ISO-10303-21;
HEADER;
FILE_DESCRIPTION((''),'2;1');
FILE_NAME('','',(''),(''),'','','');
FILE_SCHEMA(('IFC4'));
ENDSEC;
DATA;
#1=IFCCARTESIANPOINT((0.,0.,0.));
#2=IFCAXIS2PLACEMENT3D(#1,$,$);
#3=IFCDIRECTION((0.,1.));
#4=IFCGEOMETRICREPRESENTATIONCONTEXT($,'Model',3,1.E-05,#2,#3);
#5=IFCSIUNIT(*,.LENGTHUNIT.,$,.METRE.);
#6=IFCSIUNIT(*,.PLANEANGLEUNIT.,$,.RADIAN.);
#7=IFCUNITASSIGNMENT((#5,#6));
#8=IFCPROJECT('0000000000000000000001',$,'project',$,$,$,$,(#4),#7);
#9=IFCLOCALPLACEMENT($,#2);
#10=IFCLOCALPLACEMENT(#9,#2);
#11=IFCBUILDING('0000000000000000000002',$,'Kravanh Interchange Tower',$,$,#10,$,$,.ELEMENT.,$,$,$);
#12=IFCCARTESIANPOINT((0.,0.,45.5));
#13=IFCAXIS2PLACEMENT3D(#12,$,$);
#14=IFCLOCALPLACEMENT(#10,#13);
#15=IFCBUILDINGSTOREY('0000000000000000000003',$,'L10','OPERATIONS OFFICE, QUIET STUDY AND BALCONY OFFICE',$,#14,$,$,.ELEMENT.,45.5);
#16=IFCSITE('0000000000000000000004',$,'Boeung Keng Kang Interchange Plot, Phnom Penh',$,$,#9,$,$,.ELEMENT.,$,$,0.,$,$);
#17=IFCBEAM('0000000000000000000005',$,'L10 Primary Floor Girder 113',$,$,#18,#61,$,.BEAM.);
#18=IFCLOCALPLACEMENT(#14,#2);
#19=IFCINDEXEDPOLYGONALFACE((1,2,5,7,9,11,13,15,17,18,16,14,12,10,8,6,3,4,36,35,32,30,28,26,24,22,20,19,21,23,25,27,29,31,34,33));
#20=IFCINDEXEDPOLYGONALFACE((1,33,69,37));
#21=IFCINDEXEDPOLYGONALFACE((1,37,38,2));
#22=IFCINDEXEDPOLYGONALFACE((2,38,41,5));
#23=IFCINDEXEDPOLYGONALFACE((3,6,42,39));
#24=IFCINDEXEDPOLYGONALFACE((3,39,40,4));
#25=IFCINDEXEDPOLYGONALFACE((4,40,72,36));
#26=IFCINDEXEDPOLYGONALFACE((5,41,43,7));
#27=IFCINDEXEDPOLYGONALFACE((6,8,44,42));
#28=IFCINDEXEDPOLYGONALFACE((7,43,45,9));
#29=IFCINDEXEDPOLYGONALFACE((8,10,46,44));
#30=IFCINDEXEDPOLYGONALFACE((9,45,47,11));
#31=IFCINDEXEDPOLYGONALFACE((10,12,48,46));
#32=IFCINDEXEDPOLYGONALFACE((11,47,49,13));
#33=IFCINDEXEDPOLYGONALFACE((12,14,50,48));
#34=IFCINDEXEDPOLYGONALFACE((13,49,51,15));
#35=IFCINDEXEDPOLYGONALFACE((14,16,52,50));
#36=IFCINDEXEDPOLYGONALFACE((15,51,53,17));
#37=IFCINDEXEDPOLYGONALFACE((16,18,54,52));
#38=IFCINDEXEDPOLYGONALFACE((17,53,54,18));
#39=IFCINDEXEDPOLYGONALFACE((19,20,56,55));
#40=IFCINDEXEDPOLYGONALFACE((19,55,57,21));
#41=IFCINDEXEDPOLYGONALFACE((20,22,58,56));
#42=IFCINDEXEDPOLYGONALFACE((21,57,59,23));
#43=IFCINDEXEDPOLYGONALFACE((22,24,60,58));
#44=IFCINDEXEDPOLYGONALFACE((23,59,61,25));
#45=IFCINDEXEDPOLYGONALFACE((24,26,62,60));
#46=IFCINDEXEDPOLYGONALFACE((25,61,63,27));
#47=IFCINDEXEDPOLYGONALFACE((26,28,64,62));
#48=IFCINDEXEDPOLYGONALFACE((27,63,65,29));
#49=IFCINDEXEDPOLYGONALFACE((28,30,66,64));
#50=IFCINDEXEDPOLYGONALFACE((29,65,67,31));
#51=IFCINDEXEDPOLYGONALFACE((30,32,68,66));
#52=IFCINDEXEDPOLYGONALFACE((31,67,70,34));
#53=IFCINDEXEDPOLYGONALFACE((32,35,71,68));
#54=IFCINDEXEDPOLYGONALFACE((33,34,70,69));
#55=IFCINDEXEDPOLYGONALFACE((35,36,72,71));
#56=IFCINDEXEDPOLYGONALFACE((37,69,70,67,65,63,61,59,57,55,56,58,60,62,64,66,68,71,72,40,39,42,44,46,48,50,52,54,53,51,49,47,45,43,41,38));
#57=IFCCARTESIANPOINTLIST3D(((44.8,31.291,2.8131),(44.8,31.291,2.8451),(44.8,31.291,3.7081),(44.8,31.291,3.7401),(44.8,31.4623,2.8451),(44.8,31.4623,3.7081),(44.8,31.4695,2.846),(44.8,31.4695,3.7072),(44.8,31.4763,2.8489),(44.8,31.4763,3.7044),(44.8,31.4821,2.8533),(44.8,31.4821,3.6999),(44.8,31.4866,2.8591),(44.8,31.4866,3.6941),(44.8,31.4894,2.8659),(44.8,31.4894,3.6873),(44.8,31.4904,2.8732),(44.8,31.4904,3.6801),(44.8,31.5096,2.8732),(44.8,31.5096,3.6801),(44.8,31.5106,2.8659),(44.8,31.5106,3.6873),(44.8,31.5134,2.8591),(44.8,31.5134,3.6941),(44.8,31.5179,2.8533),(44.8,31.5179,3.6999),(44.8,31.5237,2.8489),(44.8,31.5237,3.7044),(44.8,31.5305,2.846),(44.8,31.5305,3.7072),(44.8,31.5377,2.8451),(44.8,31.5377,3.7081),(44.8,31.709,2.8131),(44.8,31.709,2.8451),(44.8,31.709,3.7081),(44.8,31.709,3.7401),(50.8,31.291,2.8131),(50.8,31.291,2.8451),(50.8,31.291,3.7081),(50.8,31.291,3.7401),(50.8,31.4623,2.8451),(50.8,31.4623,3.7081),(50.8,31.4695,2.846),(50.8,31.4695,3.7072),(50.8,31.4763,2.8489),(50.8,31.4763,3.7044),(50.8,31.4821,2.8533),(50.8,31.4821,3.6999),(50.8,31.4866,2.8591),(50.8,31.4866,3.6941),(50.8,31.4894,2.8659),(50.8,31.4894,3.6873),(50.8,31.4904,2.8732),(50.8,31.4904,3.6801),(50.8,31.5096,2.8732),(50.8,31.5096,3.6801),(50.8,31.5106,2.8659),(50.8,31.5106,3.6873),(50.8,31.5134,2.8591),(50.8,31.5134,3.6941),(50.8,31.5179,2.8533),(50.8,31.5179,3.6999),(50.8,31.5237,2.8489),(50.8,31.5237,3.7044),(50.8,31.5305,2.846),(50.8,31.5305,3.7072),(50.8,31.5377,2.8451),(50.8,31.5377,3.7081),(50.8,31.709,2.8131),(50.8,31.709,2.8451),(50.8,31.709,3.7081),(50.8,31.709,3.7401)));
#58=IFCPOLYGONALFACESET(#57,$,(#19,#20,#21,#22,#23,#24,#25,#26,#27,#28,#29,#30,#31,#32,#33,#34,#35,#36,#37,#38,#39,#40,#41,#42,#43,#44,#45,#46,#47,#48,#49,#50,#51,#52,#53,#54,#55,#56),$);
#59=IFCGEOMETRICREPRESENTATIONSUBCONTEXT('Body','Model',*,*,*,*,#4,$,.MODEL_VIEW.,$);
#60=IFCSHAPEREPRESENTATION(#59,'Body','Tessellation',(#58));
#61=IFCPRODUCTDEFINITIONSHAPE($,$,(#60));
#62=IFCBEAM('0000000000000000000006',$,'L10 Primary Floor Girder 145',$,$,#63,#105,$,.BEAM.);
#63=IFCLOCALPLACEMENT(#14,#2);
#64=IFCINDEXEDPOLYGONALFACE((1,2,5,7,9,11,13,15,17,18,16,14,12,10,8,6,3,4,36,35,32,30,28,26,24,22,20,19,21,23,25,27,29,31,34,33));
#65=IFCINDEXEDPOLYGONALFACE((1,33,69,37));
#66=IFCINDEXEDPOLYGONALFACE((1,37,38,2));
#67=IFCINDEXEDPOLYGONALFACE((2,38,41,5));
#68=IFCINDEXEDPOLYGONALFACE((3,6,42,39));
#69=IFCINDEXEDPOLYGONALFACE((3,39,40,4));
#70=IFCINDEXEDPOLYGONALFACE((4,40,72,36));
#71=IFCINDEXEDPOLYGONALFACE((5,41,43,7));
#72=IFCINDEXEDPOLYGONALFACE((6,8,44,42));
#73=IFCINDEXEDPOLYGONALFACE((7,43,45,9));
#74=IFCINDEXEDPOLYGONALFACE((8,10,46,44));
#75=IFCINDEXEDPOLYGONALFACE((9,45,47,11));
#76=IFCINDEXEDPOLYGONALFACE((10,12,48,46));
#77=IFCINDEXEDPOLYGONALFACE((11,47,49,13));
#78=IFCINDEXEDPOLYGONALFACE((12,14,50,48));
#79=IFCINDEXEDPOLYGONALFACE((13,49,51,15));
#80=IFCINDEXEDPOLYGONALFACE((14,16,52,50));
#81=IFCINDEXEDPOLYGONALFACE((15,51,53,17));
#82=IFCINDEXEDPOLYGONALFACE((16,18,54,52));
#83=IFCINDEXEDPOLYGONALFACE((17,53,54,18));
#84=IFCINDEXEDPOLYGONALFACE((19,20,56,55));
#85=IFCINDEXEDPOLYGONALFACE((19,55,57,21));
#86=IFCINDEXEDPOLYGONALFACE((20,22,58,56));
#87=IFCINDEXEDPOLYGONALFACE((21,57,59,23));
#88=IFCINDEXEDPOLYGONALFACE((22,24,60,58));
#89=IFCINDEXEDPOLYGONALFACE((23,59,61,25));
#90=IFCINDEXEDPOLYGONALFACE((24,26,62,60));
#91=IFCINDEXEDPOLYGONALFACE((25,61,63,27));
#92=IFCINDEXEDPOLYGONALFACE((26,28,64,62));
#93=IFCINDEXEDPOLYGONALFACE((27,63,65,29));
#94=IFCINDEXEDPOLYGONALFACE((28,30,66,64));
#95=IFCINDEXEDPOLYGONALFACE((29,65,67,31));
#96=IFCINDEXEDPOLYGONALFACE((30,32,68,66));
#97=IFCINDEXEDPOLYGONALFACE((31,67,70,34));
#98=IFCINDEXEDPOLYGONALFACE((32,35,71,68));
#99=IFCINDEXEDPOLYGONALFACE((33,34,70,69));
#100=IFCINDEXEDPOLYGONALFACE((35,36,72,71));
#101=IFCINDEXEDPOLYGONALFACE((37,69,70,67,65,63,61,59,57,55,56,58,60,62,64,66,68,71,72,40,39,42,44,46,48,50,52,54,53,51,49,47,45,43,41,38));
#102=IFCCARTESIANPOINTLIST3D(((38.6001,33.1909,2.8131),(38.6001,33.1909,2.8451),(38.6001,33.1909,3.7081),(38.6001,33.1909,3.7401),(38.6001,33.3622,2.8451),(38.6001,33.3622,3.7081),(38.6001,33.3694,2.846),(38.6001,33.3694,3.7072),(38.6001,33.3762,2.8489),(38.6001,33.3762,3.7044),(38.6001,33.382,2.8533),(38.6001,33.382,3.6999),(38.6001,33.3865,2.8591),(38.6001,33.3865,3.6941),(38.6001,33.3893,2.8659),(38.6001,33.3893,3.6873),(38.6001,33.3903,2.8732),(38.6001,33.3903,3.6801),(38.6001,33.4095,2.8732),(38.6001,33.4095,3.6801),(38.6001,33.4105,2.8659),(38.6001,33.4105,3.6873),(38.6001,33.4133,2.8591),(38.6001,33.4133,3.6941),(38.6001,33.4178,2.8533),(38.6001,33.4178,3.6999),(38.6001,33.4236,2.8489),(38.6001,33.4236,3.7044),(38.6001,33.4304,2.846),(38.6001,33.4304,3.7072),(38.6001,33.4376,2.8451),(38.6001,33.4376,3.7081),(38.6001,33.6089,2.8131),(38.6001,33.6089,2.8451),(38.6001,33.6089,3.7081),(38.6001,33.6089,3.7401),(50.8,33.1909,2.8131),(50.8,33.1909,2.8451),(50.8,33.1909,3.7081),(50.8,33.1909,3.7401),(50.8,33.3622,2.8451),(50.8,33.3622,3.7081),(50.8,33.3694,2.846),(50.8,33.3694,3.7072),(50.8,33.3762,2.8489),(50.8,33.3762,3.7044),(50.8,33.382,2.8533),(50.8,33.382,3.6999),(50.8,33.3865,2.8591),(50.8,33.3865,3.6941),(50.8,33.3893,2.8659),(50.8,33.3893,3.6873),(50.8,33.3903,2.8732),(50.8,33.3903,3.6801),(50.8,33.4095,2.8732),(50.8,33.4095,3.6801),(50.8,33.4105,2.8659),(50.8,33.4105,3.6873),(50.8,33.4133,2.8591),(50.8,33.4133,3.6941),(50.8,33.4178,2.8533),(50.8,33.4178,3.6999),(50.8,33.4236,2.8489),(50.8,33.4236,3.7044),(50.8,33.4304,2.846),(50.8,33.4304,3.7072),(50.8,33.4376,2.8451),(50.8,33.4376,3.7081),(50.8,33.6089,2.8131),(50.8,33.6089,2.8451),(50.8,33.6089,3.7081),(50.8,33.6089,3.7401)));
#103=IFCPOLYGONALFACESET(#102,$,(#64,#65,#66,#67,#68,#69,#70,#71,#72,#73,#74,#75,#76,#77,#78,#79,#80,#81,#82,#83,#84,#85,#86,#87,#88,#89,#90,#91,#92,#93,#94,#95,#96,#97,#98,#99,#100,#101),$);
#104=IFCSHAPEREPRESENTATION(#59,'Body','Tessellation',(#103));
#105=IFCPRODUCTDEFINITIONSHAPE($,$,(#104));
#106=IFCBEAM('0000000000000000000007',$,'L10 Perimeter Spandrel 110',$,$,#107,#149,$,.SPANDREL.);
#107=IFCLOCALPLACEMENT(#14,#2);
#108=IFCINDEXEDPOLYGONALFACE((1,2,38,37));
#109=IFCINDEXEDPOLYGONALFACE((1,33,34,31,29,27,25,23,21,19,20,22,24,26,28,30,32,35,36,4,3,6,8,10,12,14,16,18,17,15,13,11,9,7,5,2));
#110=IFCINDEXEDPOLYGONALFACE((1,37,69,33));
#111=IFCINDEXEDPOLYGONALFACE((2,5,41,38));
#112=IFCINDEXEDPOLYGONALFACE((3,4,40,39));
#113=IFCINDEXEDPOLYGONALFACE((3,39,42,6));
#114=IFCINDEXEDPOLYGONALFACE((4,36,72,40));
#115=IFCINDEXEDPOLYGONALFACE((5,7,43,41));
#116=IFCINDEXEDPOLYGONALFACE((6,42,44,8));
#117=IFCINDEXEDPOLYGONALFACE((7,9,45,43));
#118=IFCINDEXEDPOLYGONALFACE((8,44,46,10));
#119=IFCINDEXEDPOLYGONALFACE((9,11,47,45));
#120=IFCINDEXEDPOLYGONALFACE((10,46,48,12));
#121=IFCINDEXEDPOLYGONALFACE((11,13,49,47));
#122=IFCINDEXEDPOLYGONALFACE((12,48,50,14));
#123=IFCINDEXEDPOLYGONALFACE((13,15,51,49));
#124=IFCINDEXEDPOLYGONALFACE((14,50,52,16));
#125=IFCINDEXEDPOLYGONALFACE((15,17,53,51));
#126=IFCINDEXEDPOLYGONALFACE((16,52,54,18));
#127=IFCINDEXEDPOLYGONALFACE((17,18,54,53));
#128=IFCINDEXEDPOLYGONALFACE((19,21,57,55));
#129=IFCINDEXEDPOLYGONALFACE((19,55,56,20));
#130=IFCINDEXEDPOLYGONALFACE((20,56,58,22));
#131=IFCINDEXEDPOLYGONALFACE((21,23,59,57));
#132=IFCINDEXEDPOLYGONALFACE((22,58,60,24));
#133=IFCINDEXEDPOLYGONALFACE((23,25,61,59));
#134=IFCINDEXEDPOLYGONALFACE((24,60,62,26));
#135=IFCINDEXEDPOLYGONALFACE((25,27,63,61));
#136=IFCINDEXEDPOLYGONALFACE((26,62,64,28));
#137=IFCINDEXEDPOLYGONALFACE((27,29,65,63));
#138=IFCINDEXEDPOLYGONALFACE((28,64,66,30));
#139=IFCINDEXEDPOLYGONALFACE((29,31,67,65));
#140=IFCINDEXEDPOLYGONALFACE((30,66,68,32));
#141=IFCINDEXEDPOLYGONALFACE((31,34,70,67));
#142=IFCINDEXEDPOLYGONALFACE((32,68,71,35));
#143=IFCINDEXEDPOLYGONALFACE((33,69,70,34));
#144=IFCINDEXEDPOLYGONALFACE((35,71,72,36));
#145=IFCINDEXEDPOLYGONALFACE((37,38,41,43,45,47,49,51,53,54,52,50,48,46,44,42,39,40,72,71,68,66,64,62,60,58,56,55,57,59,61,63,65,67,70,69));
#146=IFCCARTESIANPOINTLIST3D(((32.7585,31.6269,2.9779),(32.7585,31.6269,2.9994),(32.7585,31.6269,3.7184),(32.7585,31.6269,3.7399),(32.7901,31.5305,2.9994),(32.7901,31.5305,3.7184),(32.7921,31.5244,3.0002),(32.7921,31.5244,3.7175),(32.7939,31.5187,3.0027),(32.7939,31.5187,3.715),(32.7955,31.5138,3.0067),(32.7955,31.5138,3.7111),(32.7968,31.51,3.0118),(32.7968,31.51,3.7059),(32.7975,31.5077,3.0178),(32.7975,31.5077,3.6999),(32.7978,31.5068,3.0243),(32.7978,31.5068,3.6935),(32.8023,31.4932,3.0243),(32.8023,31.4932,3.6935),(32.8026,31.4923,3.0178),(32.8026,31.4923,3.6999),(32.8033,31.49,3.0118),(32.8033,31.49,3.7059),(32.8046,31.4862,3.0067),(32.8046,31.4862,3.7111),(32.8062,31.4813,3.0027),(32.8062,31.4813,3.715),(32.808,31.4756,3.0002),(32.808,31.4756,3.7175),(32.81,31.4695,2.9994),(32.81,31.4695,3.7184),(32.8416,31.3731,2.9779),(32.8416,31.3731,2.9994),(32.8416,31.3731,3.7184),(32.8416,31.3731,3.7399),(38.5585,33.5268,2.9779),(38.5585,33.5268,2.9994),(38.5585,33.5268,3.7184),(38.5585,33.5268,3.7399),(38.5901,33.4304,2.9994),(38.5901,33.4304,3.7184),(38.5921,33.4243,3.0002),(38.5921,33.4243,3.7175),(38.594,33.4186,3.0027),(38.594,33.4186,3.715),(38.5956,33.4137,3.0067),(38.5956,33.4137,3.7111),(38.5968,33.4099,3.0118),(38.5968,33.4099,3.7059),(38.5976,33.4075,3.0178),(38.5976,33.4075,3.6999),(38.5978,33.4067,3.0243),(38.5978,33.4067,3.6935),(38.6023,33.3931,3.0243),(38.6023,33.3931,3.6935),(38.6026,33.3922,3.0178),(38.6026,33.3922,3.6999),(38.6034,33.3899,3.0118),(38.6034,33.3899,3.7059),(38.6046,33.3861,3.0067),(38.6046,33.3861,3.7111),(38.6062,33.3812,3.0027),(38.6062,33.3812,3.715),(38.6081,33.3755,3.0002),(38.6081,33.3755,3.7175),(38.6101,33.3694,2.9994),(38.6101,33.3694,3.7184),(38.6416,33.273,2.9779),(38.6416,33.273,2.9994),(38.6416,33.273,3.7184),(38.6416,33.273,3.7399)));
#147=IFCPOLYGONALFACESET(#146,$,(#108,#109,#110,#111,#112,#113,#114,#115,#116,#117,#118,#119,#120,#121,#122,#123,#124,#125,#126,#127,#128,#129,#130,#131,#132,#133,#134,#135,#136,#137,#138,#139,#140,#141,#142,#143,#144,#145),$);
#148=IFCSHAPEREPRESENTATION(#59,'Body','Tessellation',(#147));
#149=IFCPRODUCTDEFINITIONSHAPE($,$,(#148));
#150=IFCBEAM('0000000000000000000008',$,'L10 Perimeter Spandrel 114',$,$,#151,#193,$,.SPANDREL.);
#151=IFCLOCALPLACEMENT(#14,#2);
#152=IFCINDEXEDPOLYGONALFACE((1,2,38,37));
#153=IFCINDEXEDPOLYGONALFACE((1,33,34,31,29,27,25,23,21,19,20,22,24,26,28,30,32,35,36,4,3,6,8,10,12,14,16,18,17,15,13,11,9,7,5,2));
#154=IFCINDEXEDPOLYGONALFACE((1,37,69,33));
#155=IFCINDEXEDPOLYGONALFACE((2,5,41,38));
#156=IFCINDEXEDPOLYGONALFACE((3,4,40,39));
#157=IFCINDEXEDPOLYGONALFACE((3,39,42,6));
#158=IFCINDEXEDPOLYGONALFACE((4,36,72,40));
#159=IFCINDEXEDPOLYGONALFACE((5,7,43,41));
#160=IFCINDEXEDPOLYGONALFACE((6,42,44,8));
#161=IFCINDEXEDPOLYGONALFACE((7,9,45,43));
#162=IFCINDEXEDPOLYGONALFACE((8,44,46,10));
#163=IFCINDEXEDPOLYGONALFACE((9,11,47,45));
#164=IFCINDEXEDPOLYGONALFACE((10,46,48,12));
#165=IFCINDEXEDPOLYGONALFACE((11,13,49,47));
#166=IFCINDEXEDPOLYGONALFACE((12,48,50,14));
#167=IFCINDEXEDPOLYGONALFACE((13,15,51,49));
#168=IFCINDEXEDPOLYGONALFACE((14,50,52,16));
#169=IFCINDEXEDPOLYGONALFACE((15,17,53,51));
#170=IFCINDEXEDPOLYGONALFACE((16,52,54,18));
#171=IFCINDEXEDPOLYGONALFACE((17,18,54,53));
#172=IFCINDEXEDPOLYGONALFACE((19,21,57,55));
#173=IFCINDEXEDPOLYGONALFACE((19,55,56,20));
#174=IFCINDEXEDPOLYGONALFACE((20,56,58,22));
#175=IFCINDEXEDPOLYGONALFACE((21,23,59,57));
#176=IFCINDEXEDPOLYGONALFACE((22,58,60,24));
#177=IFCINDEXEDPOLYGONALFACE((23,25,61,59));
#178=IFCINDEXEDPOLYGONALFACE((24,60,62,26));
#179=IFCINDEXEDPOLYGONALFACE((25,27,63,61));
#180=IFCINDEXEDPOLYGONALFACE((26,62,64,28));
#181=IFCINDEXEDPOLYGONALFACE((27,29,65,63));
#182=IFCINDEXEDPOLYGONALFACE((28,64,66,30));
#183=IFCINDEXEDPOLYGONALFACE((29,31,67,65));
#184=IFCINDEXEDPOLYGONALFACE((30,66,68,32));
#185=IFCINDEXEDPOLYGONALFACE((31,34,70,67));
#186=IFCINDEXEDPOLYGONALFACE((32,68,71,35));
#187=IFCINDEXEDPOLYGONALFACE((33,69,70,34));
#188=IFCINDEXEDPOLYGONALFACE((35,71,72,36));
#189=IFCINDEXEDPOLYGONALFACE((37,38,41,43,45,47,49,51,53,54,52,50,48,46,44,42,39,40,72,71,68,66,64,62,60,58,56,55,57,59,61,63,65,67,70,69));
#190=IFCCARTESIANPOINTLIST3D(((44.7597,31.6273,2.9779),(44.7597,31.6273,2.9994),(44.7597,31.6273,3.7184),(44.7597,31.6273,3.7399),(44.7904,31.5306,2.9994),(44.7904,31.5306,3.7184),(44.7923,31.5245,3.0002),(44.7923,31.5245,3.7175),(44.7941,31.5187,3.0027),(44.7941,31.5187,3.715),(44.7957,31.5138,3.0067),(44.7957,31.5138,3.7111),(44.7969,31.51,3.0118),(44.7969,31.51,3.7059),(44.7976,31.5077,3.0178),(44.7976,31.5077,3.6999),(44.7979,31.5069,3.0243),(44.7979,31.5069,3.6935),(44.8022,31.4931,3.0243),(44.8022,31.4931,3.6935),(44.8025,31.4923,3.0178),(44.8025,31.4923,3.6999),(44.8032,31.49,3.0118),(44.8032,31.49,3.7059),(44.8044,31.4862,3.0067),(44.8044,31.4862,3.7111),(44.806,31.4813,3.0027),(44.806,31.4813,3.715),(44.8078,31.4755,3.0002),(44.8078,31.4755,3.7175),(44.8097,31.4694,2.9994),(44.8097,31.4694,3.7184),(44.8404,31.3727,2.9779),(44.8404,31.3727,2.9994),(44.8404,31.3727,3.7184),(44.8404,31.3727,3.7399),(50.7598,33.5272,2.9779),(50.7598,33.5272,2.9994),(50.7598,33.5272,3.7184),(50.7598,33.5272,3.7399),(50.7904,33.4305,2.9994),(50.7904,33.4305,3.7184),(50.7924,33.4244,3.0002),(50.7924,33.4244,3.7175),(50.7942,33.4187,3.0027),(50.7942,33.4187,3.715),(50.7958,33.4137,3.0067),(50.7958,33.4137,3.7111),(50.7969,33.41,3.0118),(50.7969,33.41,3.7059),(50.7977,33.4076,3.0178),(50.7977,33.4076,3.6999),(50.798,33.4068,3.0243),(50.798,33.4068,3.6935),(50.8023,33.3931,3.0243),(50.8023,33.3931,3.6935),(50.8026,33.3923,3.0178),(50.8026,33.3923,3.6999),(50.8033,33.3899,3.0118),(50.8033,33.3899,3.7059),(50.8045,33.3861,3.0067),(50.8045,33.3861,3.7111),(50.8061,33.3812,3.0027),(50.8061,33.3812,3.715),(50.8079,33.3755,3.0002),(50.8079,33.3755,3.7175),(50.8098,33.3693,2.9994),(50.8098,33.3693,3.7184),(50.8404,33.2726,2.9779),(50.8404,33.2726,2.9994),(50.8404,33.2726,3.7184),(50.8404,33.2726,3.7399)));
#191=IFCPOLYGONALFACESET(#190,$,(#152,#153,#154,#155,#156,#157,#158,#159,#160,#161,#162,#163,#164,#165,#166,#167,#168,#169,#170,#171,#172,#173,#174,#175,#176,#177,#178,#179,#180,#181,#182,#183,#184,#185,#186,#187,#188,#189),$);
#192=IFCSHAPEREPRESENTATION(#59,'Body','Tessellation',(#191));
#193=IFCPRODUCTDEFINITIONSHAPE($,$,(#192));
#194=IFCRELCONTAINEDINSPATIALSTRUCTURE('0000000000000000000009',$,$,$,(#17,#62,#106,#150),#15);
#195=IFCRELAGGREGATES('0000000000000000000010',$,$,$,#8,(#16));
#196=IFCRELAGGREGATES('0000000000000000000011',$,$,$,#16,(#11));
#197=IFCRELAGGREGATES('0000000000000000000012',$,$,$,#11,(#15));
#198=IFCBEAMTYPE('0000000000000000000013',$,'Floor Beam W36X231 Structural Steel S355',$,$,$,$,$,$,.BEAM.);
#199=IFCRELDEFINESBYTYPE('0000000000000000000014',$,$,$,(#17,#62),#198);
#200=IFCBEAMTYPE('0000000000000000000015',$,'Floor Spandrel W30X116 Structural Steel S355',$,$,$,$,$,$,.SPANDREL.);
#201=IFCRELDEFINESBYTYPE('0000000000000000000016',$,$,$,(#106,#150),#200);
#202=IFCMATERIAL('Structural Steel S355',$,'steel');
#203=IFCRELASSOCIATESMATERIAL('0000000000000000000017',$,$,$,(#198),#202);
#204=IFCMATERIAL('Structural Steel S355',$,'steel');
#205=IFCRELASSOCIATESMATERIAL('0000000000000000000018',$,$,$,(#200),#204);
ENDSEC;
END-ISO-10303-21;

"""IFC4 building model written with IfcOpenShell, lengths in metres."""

from ifc_helpers import new_model, si_unit, direction, frame, origin, origin_2d, place, context, subcontext, project, spatial, i_section, extrude, material, material_profile, profile_set, type_object, element, save


model = new_model("IFC4")

# Units and contexts
model_context = context("Model", 3, precision=1e-05, world=origin(), true_north=direction((0.0, 1.0)))
body_context = subcontext(model_context, "Body", "Model", "MODEL_VIEW")
ifc_project = project(units=[si_unit("LENGTHUNIT", "METRE"), si_unit("PLANEANGLEUNIT", "RADIAN")], contexts=[model_context])

# Site, building, storey
site_placement = place(None, origin())
site = spatial("IfcSite", under=ifc_project, at=site_placement, Name="Boeung Keng Kang Interchange Plot, Phnom Penh", CompositionType="ELEMENT", RefElevation=0.0)
building_placement = place(site_placement, origin())
building = spatial("IfcBuilding", under=site, at=building_placement, Name="Kravanh Interchange Tower", CompositionType="ELEMENT")
storey_placement = place(building_placement, frame((0.0, 0.0, 45.5)))
storey = spatial("IfcBuildingStorey", under=building, at=storey_placement, Name="L10", Description="OPERATIONS OFFICE, QUIET STUDY AND BALCONY OFFICE", CompositionType="ELEMENT", Elevation=45.5)

# Beams
ifc_material_1 = material(Name="Structural Steel S355", Category="steel")
ifc_material_profile_1 = material_profile(ifc_material_1, i_section(OverallWidth=0.418, OverallDepth=0.927, WebThickness=0.0193, FlangeThickness=0.032, FilletRadius=0.0281, at=origin_2d()), Name="W36X231")
ifc_profile_set_1 = profile_set([ifc_material_profile_1], Name="Structural Steel S355")
beam_type_1 = type_object("IfcBeamType", Name="Floor Beam W36X231 Structural Steel S355", PredefinedType="BEAM", material=ifc_profile_set_1)
beam_1_placement = place(storey_placement, frame((44.8, 31.5, 3.2766), z_axis=(1.0, 0.0, 0.0), x_axis=(0.0, 1.0, 0.0)))
element("IfcBeam", 1, at=beam_1_placement, inside=storey, type_object=beam_type_1, Name="L10 Primary Floor Girder 113", PredefinedType="BEAM", context=body_context, shape_type="SweptSolid", body=[
    extrude(i_section(OverallWidth=0.418, OverallDepth=0.927, WebThickness=0.0193, FlangeThickness=0.032, FilletRadius=0.0281, at=origin_2d()), origin(), (0.0, 0.0, 1.0), 6.0),
])
beam_2_placement = place(storey_placement, frame((38.6001, 33.3999, 3.2766), z_axis=(1.0, 0.0, 0.0), x_axis=(0.0, 1.0, 0.0)))
element("IfcBeam", 2, at=beam_2_placement, inside=storey, type_object=beam_type_1, Name="L10 Primary Floor Girder 145", PredefinedType="BEAM", context=body_context, shape_type="SweptSolid", body=[
    extrude(i_section(OverallWidth=0.418, OverallDepth=0.927, WebThickness=0.0193, FlangeThickness=0.032, FilletRadius=0.0281, at=origin_2d()), origin(), (0.0, 0.0, 1.0), 12.2),
])
ifc_material_2 = material(Name="Structural Steel S355", Category="steel")
ifc_material_profile_2 = material_profile(ifc_material_2, i_section(OverallWidth=0.2671, OverallDepth=0.762, WebThickness=0.0144, FlangeThickness=0.0215, FilletRadius=0.0249, at=origin_2d()), Name="W30X116")
ifc_profile_set_2 = profile_set([ifc_material_profile_2], Name="Structural Steel S355")
beam_type_2 = type_object("IfcBeamType", Name="Floor Spandrel W30X116 Structural Steel S355", PredefinedType="SPANDREL", material=ifc_profile_set_2)
beam_3_placement = place(storey_placement, frame((32.8, 31.5, 3.3589), z_axis=(0.950315, 0.311291, 0.0), x_axis=(-0.311291, 0.950315, 0.0)))
element("IfcBeam", 3, at=beam_3_placement, inside=storey, type_object=beam_type_2, Name="L10 Perimeter Spandrel 110", PredefinedType="SPANDREL", context=body_context, shape_type="SweptSolid", body=[
    extrude(i_section(OverallWidth=0.2671, OverallDepth=0.762, WebThickness=0.0144, FlangeThickness=0.0215, FilletRadius=0.0249, at=origin_2d()), origin(), (0.0, 0.0, 1.0), 6.1033),
])
beam_4_placement = place(storey_placement, frame((44.8, 31.5, 3.3589), z_axis=(0.953347, 0.301878, 0.0), x_axis=(-0.301878, 0.953347, 0.0)))
element("IfcBeam", 4, at=beam_4_placement, inside=storey, type_object=beam_type_2, Name="L10 Perimeter Spandrel 114", PredefinedType="SPANDREL", context=body_context, shape_type="SweptSolid", body=[
    extrude(i_section(OverallWidth=0.2671, OverallDepth=0.762, WebThickness=0.0144, FlangeThickness=0.0215, FilletRadius=0.0249, at=origin_2d()), origin(), (0.0, 0.0, 1.0), 6.2937),
])

save(model, "model.ifc")
